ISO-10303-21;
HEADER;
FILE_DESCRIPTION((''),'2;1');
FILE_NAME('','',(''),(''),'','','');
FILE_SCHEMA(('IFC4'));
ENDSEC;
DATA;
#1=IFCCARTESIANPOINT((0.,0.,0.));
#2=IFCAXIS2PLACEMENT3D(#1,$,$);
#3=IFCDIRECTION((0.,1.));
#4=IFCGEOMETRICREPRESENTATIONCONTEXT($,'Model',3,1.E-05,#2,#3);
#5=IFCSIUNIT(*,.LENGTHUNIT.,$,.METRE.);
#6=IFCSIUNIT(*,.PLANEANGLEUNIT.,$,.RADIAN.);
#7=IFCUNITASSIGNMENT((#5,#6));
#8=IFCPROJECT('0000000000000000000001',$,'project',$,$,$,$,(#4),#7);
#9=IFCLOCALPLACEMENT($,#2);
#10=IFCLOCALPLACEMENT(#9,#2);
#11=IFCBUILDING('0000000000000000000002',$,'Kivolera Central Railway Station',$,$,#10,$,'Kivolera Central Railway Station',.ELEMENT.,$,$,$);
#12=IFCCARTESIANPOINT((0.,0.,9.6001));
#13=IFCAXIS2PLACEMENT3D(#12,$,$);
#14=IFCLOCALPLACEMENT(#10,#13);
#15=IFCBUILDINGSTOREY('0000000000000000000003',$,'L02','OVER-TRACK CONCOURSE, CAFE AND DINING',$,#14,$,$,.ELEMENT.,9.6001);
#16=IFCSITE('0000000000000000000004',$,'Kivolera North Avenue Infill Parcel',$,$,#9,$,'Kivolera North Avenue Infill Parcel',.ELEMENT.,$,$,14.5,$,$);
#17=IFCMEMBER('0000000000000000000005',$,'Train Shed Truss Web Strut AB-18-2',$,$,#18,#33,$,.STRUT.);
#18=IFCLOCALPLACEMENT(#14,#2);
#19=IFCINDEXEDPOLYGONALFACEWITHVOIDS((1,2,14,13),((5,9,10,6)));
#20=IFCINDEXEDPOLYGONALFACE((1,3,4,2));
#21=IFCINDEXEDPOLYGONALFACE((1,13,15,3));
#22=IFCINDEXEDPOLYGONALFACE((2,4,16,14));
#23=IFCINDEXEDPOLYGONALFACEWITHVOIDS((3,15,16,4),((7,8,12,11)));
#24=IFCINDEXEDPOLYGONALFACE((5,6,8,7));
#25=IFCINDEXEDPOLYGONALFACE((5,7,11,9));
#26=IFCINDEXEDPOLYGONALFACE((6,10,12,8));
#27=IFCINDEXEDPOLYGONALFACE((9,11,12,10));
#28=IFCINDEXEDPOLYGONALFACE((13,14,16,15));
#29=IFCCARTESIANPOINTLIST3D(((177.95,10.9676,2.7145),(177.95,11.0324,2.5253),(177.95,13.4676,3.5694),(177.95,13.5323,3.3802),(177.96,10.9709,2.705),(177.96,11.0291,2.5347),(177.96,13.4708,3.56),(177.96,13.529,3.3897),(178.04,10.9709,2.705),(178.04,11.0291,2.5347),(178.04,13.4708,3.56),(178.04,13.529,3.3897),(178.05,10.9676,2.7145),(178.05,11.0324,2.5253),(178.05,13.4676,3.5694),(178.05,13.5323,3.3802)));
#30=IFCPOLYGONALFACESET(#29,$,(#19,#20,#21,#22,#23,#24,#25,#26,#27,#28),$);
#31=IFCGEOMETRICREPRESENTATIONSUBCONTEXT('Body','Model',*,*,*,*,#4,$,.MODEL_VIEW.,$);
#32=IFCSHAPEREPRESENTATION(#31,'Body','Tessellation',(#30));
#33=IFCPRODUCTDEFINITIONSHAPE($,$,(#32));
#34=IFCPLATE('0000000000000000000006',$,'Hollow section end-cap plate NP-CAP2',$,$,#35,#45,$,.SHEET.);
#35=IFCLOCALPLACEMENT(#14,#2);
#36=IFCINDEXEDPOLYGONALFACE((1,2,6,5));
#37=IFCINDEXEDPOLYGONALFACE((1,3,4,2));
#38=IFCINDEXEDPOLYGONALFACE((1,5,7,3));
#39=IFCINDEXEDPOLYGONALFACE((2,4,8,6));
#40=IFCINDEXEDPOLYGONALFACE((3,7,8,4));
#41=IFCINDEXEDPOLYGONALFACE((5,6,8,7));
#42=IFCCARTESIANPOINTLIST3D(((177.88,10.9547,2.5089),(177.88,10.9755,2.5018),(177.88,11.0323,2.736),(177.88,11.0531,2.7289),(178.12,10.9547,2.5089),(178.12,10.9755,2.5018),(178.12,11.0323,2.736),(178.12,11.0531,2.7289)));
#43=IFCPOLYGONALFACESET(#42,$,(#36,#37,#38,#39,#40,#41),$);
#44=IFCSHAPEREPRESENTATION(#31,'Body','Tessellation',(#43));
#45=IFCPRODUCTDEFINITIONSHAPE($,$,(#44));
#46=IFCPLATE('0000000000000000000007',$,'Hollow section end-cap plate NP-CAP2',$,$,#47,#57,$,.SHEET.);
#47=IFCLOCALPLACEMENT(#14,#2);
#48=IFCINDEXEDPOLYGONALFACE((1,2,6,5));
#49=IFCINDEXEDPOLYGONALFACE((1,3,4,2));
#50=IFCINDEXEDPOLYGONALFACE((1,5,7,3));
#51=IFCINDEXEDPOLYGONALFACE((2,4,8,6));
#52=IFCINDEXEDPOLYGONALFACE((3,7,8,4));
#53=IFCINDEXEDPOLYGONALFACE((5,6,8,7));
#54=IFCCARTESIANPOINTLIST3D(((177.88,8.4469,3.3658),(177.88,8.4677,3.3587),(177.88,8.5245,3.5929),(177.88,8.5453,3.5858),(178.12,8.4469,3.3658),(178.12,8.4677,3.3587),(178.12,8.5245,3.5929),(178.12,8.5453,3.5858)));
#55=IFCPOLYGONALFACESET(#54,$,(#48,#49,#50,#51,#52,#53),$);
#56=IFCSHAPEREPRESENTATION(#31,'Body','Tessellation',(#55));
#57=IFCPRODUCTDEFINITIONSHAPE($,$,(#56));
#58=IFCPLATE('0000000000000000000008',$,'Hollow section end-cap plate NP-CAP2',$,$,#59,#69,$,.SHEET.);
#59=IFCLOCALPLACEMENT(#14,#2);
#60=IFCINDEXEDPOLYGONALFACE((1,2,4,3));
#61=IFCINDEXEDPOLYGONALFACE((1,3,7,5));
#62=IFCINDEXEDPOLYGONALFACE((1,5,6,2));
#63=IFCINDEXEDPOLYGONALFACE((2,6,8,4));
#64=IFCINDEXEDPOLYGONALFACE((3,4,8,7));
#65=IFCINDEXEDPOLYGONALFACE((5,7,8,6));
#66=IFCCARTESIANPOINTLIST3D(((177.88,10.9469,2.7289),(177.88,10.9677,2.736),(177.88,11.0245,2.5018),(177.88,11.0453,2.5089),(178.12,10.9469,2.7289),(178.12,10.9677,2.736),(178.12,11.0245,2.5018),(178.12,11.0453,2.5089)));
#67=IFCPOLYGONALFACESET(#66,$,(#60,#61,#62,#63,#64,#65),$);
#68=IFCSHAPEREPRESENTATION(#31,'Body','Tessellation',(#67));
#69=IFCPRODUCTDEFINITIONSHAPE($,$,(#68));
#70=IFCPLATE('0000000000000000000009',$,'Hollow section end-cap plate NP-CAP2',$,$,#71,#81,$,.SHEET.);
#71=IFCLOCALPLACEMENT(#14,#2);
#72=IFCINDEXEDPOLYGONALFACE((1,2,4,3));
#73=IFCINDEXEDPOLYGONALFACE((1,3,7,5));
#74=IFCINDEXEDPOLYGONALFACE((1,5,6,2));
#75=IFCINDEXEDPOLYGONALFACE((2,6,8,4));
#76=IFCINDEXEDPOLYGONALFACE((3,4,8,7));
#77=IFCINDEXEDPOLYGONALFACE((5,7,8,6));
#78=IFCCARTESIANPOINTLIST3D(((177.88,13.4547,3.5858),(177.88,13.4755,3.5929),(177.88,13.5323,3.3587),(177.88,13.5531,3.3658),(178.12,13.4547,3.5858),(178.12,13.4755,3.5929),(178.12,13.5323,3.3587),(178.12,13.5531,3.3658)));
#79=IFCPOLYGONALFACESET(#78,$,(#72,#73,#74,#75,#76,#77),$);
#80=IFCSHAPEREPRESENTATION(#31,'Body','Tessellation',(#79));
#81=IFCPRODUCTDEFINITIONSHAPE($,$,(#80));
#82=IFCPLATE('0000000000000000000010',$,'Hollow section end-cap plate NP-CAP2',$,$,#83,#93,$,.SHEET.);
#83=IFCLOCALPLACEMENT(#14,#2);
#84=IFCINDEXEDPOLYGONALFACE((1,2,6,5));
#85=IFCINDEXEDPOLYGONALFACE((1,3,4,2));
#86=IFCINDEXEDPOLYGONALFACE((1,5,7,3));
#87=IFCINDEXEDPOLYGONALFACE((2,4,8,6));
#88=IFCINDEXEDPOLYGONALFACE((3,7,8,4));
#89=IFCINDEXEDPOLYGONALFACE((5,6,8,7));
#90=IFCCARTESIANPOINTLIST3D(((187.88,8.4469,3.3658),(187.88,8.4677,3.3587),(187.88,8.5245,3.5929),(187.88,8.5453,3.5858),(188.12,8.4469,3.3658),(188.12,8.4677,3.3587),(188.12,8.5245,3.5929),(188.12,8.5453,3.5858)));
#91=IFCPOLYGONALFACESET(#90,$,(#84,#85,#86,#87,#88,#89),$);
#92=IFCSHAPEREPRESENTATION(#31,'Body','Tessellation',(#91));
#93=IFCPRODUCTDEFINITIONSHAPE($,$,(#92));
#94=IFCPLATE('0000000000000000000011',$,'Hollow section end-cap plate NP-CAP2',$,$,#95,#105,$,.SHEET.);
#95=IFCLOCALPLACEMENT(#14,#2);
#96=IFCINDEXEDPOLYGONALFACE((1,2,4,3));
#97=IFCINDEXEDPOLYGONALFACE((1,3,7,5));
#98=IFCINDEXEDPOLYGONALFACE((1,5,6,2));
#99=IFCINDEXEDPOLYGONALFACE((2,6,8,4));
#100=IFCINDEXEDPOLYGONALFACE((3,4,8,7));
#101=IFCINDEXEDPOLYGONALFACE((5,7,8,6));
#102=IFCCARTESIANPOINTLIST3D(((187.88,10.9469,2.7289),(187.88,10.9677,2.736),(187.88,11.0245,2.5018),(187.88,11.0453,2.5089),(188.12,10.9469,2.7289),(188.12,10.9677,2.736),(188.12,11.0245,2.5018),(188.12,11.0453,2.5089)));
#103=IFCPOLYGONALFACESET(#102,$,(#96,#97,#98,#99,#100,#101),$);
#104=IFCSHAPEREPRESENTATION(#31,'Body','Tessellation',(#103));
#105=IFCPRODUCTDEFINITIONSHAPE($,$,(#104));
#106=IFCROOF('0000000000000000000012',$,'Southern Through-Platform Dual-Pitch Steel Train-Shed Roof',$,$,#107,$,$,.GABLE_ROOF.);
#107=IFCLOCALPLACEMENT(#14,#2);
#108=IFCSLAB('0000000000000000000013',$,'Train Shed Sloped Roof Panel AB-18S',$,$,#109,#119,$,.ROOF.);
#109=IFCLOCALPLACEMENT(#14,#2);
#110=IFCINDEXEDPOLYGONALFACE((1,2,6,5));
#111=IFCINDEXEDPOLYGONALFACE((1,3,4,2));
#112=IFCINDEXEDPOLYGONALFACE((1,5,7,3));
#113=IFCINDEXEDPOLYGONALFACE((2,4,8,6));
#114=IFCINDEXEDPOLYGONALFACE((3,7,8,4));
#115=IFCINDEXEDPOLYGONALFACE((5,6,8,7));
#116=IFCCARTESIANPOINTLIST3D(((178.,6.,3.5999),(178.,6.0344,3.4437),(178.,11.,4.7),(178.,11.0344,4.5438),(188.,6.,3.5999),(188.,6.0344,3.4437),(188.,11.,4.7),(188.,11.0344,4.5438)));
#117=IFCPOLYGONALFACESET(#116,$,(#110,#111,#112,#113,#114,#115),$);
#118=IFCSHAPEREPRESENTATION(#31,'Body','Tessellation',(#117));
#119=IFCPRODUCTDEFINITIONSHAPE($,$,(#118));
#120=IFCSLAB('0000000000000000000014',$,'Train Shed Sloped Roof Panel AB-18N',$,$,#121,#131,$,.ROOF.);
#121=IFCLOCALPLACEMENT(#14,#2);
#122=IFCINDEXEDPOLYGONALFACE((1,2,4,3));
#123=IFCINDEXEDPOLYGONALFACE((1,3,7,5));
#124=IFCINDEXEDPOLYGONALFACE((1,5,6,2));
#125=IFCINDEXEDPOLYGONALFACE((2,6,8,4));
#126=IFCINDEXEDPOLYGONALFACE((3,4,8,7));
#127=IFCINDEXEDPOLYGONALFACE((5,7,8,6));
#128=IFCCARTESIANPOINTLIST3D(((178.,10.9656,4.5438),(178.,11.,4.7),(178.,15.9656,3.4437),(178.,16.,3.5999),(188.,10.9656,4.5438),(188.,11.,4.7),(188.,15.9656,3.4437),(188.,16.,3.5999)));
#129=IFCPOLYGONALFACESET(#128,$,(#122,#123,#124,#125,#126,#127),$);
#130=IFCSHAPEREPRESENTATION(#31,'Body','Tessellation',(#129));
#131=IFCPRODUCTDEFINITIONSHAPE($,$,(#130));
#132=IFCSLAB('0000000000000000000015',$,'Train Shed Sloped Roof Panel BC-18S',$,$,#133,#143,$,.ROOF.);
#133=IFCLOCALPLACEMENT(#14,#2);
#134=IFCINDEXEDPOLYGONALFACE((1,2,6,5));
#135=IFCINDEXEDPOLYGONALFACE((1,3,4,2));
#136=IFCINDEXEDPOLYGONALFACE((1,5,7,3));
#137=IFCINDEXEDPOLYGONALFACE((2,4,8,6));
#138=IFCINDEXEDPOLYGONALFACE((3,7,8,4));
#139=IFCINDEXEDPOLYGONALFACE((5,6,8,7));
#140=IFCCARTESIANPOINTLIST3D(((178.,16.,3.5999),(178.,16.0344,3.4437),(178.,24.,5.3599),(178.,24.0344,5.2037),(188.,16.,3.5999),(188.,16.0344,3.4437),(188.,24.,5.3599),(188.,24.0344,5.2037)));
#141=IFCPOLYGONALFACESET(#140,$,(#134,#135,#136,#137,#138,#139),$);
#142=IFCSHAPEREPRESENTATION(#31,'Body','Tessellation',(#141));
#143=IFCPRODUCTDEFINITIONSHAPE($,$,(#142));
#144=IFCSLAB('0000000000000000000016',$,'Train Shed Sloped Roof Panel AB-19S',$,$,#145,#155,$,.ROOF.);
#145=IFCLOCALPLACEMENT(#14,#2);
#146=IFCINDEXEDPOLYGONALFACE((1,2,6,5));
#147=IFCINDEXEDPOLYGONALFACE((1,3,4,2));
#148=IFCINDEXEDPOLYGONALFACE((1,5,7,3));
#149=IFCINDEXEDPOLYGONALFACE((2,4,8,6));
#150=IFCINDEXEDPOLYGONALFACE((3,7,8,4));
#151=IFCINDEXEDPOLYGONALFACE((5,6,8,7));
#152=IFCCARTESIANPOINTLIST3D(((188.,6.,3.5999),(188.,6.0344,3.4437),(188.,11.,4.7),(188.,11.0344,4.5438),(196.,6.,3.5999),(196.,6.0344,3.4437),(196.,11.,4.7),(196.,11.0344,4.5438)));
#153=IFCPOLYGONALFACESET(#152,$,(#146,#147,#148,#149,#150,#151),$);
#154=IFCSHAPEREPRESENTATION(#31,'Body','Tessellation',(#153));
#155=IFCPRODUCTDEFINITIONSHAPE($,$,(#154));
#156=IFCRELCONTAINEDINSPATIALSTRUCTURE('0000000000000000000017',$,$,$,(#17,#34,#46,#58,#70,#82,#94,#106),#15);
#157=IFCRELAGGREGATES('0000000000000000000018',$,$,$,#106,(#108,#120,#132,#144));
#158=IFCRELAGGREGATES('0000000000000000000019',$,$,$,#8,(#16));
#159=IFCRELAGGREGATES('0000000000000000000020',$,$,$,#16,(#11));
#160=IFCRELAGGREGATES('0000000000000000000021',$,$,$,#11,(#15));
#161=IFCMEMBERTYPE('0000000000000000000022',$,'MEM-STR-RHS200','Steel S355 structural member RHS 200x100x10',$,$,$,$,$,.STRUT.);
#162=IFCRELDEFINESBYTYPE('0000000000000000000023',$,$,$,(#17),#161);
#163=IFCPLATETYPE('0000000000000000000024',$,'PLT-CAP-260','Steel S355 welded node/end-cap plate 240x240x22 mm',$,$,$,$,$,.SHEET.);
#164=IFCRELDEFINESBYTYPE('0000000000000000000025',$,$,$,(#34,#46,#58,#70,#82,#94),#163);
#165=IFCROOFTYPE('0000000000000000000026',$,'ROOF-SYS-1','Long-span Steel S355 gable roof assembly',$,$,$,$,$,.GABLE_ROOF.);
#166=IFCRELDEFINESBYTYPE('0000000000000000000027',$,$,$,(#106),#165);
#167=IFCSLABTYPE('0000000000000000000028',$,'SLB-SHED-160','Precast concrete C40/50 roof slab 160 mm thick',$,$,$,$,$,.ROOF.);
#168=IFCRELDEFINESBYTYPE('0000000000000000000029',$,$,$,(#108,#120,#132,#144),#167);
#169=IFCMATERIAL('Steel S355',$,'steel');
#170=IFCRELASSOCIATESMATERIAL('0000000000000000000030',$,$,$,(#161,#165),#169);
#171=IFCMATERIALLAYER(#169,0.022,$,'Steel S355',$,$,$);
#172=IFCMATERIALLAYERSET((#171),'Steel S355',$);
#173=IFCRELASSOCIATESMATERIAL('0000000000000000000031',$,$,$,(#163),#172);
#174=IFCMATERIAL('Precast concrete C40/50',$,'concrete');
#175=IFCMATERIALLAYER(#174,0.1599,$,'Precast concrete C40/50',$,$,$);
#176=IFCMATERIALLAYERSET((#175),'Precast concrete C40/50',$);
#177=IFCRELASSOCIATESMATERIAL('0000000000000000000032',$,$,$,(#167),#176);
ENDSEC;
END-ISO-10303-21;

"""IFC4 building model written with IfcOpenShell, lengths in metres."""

from ifc_helpers import new_model, si_unit, direction, frame, origin, origin_2d, place, context, subcontext, project, spatial, polyline, rectangle, hollow_rectangle, outline, extrude, material, layer, layer_set, material_profile, profile_set, type_object, element, aggregate, save


model = new_model("IFC4")

# Units and contexts
model_context = context("Model", 3, precision=1e-05, world=origin(), true_north=direction((0.0, 1.0)))
body_context = subcontext(model_context, "Body", "Model", "MODEL_VIEW")
ifc_project = project(units=[si_unit("LENGTHUNIT", "METRE"), si_unit("PLANEANGLEUNIT", "RADIAN")], contexts=[model_context])

# Site, building, storey
site_placement = place(None, origin())
site = spatial("IfcSite", under=ifc_project, at=site_placement, Name="Kivolera North Avenue Infill Parcel", LongName="Kivolera North Avenue Infill Parcel", CompositionType="ELEMENT", RefElevation=14.5)
building_placement = place(site_placement, origin())
building = spatial("IfcBuilding", under=site, at=building_placement, Name="Kivolera Central Railway Station", LongName="Kivolera Central Railway Station", CompositionType="ELEMENT")
storey_placement = place(building_placement, frame((0.0, 0.0, 9.6001)))
storey = spatial("IfcBuildingStorey", under=building, at=storey_placement, Name="L02", Description="OVER-TRACK CONCOURSE, CAFE AND DINING", CompositionType="ELEMENT", Elevation=9.6001)

# Shared definitions
ifc_material_1 = material(Name="Steel S355", Category="steel")

# Member
ifc_material_profile_1 = material_profile(ifc_material_1, hollow_rectangle(XDim=0.1001, YDim=0.2, WallThickness=0.01, at=origin_2d()), Name="RHS 200x100x10")
ifc_profile_set_1 = profile_set([ifc_material_profile_1], Name="Steel S355")
member_type_1 = type_object("IfcMemberType", Name="MEM-STR-RHS200", Description="Steel S355 structural member RHS 200x100x10", PredefinedType="STRUT", material=ifc_profile_set_1)
for number, where, z_axis, x_axis, name in (
    (1, (178.0, 11.0, 2.6199), (0.0, 0.946197, 0.323592), (-1.0, 0.0, 0.0), "Train Shed Truss Web Strut AB-18-2"),
):
    element("IfcMember", number, at=place(storey_placement, frame(where, z_axis=z_axis, x_axis=x_axis)), inside=storey, type_object=member_type_1, Name=name, PredefinedType="STRUT", context=body_context, shape_type="SweptSolid", body=[
        extrude(hollow_rectangle(XDim=0.1001, YDim=0.2, WallThickness=0.01, at=origin_2d()), origin(), (0.0, 0.0, 1.0), 2.6421),
    ])

# Plates
ifc_layer_1 = layer(ifc_material_1, 0.022, Name="Steel S355")
ifc_layer_set_1 = layer_set([ifc_layer_1], Name="Steel S355")
plate_type = type_object("IfcPlateType", Name="PLT-CAP-260", Description="Steel S355 welded node/end-cap plate 240x240x22 mm", PredefinedType="SHEET", material=ifc_layer_set_1)
for number, where, z_axis, x_axis, name in (
    (2, (178.0, 11.0039, 2.6189), (0.0, -0.946194, 0.323599), (1.0, 0.0, 0.0), "Hollow section end-cap plate NP-CAP2"),
    (3, (178.0, 8.4961, 3.4758), (0.0, -0.946194, 0.323599), (1.0, 0.0, 0.0), "Hollow section end-cap plate NP-CAP2"),
    (4, (178.0, 10.9961, 2.6189), (0.0, 0.946194, 0.323599), (-1.0, 0.0, 0.0), "Hollow section end-cap plate NP-CAP2"),
    (5, (178.0, 13.5039, 3.4758), (0.0, 0.946194, 0.323599), (-1.0, 0.0, 0.0), "Hollow section end-cap plate NP-CAP2"),
    (6, (188.0, 8.4961, 3.4758), (0.0, -0.946194, 0.323599), (1.0, 0.0, 0.0), "Hollow section end-cap plate NP-CAP2"),
    (7, (188.0, 10.9961, 2.6189), (0.0, 0.946194, 0.323599), (-1.0, 0.0, 0.0), "Hollow section end-cap plate NP-CAP2"),
):
    element("IfcPlate", number, at=place(storey_placement, frame(where, z_axis=z_axis, x_axis=x_axis)), inside=storey, type_object=plate_type, Name=name, PredefinedType="SHEET", context=body_context, shape_type="SweptSolid", body=[
        extrude(rectangle(XDim=0.24, YDim=0.24, at=origin_2d()), frame((0.0, 0.0, -0.011)), (0.0, 0.0, 1.0), 0.022),
    ])

# Roof, slabs
roof_type = type_object("IfcRoofType", Name="ROOF-SYS-1", Description="Long-span Steel S355 gable roof assembly", PredefinedType="GABLE_ROOF", material=ifc_material_1)
roof_placement = place(storey_placement, origin())
roof = element("IfcRoof", 8, at=roof_placement, inside=storey, type_object=roof_type, Name="Southern Through-Platform Dual-Pitch Steel Train-Shed Roof", PredefinedType="GABLE_ROOF")
ifc_material_2 = material(Name="Precast concrete C40/50", Category="concrete")
ifc_layer_2 = layer(ifc_material_2, 0.1599, Name="Precast concrete C40/50")
ifc_layer_set_2 = layer_set([ifc_layer_2], Name="Precast concrete C40/50")
slab_type = type_object("IfcSlabType", Name="SLB-SHED-160", Description="Precast concrete C40/50 roof slab 160 mm thick", PredefinedType="ROOF", material=ifc_layer_set_2)
slab_1_placement = place(storey_placement, frame((178.0, 6.0, 3.5999), z_axis=(0.0, -0.21488, 0.97664), x_axis=(1.0, 0.0, 0.0)))
slab_1 = element("IfcSlab", 9, at=slab_1_placement, type_object=slab_type, Name="Train Shed Sloped Roof Panel AB-18S", PredefinedType="ROOF", context=body_context, shape_type="SweptSolid", body=[
    extrude(outline(polyline([(0.0, 0.0), (10.0, 0.0), (10.0, 5.1196), (0.0, 5.1196), (0.0, 0.0)])), origin(), (0.0, 0.0, -1.0), 0.1599),
])
slab_2_placement = place(storey_placement, frame((178.0, 11.0, 4.7), z_axis=(0.0, 0.21488, 0.97664), x_axis=(1.0, 0.0, 0.0)))
slab_2 = element("IfcSlab", 10, at=slab_2_placement, type_object=slab_type, Name="Train Shed Sloped Roof Panel AB-18N", PredefinedType="ROOF", context=body_context, shape_type="SweptSolid", body=[
    extrude(outline(polyline([(0.0, 0.0), (10.0, 0.0), (10.0, 5.1196), (0.0, 5.1196), (0.0, 0.0)])), origin(), (0.0, 0.0, -1.0), 0.1599),
])
slab_3_placement = place(storey_placement, frame((178.0, 16.0, 3.5999), z_axis=(0.0, -0.214863, 0.976644), x_axis=(1.0, 0.0, 0.0)))
slab_3 = element("IfcSlab", 11, at=slab_3_placement, type_object=slab_type, Name="Train Shed Sloped Roof Panel BC-18S", PredefinedType="ROOF", context=body_context, shape_type="SweptSolid", body=[
    extrude(outline(polyline([(0.0, 0.0), (10.0, 0.0), (10.0, 8.1913), (0.0, 8.1913), (0.0, 0.0)])), origin(), (0.0, 0.0, -1.0), 0.1599),
])
slab_4_placement = place(storey_placement, frame((188.0, 6.0, 3.5999), z_axis=(0.0, -0.21488, 0.97664), x_axis=(1.0, 0.0, 0.0)))
slab_4 = element("IfcSlab", 12, at=slab_4_placement, type_object=slab_type, Name="Train Shed Sloped Roof Panel AB-19S", PredefinedType="ROOF", context=body_context, shape_type="SweptSolid", body=[
    extrude(outline(polyline([(0.0, 0.0), (8.0, 0.0), (8.0, 5.1196), (0.0, 5.1196), (0.0, 0.0)])), origin(), (0.0, 0.0, -1.0), 0.1599),
])
aggregate(roof, [slab_1, slab_2, slab_3, slab_4])

save(model, "model.ifc")
